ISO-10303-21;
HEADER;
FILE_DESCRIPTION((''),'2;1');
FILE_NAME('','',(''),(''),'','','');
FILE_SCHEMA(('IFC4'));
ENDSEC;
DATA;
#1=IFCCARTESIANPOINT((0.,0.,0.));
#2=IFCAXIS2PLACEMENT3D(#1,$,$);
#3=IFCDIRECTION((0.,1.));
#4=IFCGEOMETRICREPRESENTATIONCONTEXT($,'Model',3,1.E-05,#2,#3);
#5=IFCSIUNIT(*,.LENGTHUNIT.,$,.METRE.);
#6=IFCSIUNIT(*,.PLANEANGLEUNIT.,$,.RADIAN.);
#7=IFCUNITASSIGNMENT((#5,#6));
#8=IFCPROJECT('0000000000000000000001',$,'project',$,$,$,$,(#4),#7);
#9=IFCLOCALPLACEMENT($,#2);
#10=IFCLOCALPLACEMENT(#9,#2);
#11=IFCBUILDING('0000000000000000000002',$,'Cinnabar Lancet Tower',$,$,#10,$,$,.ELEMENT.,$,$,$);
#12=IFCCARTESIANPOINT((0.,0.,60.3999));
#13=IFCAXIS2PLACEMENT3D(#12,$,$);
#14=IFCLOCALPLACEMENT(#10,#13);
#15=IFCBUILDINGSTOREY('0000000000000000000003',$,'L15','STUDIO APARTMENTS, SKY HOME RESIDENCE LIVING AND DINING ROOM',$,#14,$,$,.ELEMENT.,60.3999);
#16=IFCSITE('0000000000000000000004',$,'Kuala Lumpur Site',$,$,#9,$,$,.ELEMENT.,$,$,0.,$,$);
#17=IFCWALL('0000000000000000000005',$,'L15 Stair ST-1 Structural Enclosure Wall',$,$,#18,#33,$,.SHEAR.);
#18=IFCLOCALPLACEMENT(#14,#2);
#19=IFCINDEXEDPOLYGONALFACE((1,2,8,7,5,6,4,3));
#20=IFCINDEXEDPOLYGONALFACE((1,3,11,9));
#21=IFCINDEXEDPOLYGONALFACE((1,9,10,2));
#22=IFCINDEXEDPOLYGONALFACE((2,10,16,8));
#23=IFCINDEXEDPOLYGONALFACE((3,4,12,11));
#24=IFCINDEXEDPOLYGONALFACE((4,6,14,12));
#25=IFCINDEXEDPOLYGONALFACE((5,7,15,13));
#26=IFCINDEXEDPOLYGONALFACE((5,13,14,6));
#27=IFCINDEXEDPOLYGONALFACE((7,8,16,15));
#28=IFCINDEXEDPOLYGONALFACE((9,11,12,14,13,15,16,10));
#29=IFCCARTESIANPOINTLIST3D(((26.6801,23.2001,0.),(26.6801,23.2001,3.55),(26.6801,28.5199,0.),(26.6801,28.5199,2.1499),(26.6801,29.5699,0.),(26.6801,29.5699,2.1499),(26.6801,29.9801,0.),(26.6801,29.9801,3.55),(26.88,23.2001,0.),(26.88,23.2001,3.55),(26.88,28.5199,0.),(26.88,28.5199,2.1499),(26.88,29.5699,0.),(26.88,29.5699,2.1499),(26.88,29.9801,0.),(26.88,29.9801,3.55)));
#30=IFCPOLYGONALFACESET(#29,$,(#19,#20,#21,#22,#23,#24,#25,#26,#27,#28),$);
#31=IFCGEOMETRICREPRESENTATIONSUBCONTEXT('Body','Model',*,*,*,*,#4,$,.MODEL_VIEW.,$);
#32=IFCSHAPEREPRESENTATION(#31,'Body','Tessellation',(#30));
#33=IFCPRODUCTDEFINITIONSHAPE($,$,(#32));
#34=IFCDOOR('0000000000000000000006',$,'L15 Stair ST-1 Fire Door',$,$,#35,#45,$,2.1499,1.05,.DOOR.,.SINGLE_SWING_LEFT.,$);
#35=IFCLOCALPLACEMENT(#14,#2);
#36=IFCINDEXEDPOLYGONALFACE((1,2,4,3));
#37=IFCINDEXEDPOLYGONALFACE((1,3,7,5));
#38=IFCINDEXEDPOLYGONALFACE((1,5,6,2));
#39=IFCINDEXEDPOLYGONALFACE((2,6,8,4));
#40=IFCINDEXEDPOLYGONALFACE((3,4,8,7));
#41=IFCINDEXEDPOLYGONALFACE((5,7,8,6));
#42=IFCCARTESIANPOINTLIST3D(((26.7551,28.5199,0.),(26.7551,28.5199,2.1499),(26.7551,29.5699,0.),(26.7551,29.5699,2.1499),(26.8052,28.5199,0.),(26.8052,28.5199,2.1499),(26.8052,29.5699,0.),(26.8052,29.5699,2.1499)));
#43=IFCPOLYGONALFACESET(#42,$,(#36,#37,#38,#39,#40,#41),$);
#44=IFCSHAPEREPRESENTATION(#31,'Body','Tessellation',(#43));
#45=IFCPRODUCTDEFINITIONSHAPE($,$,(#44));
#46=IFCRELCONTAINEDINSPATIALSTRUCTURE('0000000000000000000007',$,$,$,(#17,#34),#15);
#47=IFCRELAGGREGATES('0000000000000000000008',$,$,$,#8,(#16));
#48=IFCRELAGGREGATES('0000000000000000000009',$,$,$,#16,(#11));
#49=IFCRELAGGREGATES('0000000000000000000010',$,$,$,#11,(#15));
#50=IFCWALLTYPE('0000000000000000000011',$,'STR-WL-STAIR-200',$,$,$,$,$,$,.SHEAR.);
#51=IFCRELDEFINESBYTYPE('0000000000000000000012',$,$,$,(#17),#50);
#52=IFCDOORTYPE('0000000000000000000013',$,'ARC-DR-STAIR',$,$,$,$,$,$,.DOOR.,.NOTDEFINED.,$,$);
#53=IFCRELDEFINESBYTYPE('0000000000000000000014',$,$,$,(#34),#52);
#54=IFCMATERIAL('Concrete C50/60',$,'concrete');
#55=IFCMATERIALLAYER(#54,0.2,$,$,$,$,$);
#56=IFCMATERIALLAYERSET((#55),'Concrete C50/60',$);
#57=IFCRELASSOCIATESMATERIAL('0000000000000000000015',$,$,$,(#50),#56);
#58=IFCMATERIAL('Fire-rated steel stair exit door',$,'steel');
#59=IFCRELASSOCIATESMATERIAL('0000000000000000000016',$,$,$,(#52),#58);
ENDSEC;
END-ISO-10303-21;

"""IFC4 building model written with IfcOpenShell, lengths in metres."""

from ifc_helpers import new_model, si_unit, direction, frame, frame_2d, origin, place, context, subcontext, project, spatial, rectangle, extrude, material, layer, layer_set, type_object, element, fill, save


model = new_model("IFC4")

# Units and contexts
model_context = context("Model", 3, precision=1e-05, world=origin(), true_north=direction((0.0, 1.0)))
body_context = subcontext(model_context, "Body", "Model", "MODEL_VIEW")
ifc_project = project(units=[si_unit("LENGTHUNIT", "METRE"), si_unit("PLANEANGLEUNIT", "RADIAN")], contexts=[model_context])

# Site, building, storey
site_placement = place(None, origin())
site = spatial("IfcSite", under=ifc_project, at=site_placement, Name="Kuala Lumpur Site", CompositionType="ELEMENT", RefElevation=0.0)
building_placement = place(site_placement, origin())
building = spatial("IfcBuilding", under=site, at=building_placement, Name="Cinnabar Lancet Tower", CompositionType="ELEMENT")
storey_placement = place(building_placement, frame((0.0, 0.0, 60.3999)))
storey = spatial("IfcBuildingStorey", under=building, at=storey_placement, Name="L15", Description="STUDIO APARTMENTS, SKY HOME RESIDENCE LIVING AND DINING ROOM", CompositionType="ELEMENT", Elevation=60.3999)

# Wall, opening, door
ifc_material_1 = material(Name="Concrete C50/60", Category="concrete")
ifc_layer_1 = layer(ifc_material_1, 0.2)
ifc_layer_set_1 = layer_set([ifc_layer_1], Name="Concrete C50/60")
wall_type_1 = type_object("IfcWallType", Name="STR-WL-STAIR-200", PredefinedType="SHEAR", material=ifc_layer_set_1)
wall_1_placement = place(storey_placement, frame((26.78, 23.2, 0.0), z_axis=(0.0, 0.0, 1.0), x_axis=(0.0, 1.0, 0.0)))
wall_1 = element("IfcWall", 1, at=wall_1_placement, inside=storey, type_object=wall_type_1, Name="L15 Stair ST-1 Structural Enclosure Wall", PredefinedType="SHEAR", context=body_context, shape_type="SweptSolid", body=[
    extrude(rectangle(XDim=6.78, YDim=0.2, at=frame_2d((3.3901, 0.0))), origin(), (0.0, 0.0, 1.0), 3.55),
])
opening_1_placement = place(wall_1_placement, frame((5.3201, 0.0, 0.0)))
opening_1 = element("IfcOpeningElement", 2, at=opening_1_placement, cuts=wall_1, PredefinedType="OPENING", context=body_context, shape_type="SweptSolid", body=[
    extrude(rectangle(XDim=1.05, YDim=2.1499, at=frame_2d((0.5249, 1.075))), frame((0.0, 0.1099, 0.0), z_axis=(0.0, -1.0, 0.0), x_axis=(1.0, 0.0, 0.0)), (0.0, 0.0, 1.0), 0.22),
])
ifc_material_2 = material(Name="Fire-rated steel stair exit door", Category="steel")
door_type_1 = type_object("IfcDoorType", Name="ARC-DR-STAIR", OperationType="NOTDEFINED", PredefinedType="DOOR", material=ifc_material_2)
door_1_placement = place(opening_1_placement, origin())
door_1 = element("IfcDoor", 3, at=door_1_placement, inside=storey, type_object=door_type_1, Name="L15 Stair ST-1 Fire Door", OperationType="SINGLE_SWING_LEFT", OverallHeight=2.1499, OverallWidth=1.05, PredefinedType="DOOR", context=body_context, shape_type="SweptSolid", body=[
    extrude(rectangle(XDim=1.05, YDim=2.1499, at=frame_2d((0.5249, 1.075))), frame((0.0, 0.0249, 0.0), z_axis=(0.0, -1.0, 0.0), x_axis=(1.0, 0.0, 0.0)), (0.0, 0.0, 1.0), 0.05),
])
fill(opening_1, door_1)

save(model, "model.ifc")
